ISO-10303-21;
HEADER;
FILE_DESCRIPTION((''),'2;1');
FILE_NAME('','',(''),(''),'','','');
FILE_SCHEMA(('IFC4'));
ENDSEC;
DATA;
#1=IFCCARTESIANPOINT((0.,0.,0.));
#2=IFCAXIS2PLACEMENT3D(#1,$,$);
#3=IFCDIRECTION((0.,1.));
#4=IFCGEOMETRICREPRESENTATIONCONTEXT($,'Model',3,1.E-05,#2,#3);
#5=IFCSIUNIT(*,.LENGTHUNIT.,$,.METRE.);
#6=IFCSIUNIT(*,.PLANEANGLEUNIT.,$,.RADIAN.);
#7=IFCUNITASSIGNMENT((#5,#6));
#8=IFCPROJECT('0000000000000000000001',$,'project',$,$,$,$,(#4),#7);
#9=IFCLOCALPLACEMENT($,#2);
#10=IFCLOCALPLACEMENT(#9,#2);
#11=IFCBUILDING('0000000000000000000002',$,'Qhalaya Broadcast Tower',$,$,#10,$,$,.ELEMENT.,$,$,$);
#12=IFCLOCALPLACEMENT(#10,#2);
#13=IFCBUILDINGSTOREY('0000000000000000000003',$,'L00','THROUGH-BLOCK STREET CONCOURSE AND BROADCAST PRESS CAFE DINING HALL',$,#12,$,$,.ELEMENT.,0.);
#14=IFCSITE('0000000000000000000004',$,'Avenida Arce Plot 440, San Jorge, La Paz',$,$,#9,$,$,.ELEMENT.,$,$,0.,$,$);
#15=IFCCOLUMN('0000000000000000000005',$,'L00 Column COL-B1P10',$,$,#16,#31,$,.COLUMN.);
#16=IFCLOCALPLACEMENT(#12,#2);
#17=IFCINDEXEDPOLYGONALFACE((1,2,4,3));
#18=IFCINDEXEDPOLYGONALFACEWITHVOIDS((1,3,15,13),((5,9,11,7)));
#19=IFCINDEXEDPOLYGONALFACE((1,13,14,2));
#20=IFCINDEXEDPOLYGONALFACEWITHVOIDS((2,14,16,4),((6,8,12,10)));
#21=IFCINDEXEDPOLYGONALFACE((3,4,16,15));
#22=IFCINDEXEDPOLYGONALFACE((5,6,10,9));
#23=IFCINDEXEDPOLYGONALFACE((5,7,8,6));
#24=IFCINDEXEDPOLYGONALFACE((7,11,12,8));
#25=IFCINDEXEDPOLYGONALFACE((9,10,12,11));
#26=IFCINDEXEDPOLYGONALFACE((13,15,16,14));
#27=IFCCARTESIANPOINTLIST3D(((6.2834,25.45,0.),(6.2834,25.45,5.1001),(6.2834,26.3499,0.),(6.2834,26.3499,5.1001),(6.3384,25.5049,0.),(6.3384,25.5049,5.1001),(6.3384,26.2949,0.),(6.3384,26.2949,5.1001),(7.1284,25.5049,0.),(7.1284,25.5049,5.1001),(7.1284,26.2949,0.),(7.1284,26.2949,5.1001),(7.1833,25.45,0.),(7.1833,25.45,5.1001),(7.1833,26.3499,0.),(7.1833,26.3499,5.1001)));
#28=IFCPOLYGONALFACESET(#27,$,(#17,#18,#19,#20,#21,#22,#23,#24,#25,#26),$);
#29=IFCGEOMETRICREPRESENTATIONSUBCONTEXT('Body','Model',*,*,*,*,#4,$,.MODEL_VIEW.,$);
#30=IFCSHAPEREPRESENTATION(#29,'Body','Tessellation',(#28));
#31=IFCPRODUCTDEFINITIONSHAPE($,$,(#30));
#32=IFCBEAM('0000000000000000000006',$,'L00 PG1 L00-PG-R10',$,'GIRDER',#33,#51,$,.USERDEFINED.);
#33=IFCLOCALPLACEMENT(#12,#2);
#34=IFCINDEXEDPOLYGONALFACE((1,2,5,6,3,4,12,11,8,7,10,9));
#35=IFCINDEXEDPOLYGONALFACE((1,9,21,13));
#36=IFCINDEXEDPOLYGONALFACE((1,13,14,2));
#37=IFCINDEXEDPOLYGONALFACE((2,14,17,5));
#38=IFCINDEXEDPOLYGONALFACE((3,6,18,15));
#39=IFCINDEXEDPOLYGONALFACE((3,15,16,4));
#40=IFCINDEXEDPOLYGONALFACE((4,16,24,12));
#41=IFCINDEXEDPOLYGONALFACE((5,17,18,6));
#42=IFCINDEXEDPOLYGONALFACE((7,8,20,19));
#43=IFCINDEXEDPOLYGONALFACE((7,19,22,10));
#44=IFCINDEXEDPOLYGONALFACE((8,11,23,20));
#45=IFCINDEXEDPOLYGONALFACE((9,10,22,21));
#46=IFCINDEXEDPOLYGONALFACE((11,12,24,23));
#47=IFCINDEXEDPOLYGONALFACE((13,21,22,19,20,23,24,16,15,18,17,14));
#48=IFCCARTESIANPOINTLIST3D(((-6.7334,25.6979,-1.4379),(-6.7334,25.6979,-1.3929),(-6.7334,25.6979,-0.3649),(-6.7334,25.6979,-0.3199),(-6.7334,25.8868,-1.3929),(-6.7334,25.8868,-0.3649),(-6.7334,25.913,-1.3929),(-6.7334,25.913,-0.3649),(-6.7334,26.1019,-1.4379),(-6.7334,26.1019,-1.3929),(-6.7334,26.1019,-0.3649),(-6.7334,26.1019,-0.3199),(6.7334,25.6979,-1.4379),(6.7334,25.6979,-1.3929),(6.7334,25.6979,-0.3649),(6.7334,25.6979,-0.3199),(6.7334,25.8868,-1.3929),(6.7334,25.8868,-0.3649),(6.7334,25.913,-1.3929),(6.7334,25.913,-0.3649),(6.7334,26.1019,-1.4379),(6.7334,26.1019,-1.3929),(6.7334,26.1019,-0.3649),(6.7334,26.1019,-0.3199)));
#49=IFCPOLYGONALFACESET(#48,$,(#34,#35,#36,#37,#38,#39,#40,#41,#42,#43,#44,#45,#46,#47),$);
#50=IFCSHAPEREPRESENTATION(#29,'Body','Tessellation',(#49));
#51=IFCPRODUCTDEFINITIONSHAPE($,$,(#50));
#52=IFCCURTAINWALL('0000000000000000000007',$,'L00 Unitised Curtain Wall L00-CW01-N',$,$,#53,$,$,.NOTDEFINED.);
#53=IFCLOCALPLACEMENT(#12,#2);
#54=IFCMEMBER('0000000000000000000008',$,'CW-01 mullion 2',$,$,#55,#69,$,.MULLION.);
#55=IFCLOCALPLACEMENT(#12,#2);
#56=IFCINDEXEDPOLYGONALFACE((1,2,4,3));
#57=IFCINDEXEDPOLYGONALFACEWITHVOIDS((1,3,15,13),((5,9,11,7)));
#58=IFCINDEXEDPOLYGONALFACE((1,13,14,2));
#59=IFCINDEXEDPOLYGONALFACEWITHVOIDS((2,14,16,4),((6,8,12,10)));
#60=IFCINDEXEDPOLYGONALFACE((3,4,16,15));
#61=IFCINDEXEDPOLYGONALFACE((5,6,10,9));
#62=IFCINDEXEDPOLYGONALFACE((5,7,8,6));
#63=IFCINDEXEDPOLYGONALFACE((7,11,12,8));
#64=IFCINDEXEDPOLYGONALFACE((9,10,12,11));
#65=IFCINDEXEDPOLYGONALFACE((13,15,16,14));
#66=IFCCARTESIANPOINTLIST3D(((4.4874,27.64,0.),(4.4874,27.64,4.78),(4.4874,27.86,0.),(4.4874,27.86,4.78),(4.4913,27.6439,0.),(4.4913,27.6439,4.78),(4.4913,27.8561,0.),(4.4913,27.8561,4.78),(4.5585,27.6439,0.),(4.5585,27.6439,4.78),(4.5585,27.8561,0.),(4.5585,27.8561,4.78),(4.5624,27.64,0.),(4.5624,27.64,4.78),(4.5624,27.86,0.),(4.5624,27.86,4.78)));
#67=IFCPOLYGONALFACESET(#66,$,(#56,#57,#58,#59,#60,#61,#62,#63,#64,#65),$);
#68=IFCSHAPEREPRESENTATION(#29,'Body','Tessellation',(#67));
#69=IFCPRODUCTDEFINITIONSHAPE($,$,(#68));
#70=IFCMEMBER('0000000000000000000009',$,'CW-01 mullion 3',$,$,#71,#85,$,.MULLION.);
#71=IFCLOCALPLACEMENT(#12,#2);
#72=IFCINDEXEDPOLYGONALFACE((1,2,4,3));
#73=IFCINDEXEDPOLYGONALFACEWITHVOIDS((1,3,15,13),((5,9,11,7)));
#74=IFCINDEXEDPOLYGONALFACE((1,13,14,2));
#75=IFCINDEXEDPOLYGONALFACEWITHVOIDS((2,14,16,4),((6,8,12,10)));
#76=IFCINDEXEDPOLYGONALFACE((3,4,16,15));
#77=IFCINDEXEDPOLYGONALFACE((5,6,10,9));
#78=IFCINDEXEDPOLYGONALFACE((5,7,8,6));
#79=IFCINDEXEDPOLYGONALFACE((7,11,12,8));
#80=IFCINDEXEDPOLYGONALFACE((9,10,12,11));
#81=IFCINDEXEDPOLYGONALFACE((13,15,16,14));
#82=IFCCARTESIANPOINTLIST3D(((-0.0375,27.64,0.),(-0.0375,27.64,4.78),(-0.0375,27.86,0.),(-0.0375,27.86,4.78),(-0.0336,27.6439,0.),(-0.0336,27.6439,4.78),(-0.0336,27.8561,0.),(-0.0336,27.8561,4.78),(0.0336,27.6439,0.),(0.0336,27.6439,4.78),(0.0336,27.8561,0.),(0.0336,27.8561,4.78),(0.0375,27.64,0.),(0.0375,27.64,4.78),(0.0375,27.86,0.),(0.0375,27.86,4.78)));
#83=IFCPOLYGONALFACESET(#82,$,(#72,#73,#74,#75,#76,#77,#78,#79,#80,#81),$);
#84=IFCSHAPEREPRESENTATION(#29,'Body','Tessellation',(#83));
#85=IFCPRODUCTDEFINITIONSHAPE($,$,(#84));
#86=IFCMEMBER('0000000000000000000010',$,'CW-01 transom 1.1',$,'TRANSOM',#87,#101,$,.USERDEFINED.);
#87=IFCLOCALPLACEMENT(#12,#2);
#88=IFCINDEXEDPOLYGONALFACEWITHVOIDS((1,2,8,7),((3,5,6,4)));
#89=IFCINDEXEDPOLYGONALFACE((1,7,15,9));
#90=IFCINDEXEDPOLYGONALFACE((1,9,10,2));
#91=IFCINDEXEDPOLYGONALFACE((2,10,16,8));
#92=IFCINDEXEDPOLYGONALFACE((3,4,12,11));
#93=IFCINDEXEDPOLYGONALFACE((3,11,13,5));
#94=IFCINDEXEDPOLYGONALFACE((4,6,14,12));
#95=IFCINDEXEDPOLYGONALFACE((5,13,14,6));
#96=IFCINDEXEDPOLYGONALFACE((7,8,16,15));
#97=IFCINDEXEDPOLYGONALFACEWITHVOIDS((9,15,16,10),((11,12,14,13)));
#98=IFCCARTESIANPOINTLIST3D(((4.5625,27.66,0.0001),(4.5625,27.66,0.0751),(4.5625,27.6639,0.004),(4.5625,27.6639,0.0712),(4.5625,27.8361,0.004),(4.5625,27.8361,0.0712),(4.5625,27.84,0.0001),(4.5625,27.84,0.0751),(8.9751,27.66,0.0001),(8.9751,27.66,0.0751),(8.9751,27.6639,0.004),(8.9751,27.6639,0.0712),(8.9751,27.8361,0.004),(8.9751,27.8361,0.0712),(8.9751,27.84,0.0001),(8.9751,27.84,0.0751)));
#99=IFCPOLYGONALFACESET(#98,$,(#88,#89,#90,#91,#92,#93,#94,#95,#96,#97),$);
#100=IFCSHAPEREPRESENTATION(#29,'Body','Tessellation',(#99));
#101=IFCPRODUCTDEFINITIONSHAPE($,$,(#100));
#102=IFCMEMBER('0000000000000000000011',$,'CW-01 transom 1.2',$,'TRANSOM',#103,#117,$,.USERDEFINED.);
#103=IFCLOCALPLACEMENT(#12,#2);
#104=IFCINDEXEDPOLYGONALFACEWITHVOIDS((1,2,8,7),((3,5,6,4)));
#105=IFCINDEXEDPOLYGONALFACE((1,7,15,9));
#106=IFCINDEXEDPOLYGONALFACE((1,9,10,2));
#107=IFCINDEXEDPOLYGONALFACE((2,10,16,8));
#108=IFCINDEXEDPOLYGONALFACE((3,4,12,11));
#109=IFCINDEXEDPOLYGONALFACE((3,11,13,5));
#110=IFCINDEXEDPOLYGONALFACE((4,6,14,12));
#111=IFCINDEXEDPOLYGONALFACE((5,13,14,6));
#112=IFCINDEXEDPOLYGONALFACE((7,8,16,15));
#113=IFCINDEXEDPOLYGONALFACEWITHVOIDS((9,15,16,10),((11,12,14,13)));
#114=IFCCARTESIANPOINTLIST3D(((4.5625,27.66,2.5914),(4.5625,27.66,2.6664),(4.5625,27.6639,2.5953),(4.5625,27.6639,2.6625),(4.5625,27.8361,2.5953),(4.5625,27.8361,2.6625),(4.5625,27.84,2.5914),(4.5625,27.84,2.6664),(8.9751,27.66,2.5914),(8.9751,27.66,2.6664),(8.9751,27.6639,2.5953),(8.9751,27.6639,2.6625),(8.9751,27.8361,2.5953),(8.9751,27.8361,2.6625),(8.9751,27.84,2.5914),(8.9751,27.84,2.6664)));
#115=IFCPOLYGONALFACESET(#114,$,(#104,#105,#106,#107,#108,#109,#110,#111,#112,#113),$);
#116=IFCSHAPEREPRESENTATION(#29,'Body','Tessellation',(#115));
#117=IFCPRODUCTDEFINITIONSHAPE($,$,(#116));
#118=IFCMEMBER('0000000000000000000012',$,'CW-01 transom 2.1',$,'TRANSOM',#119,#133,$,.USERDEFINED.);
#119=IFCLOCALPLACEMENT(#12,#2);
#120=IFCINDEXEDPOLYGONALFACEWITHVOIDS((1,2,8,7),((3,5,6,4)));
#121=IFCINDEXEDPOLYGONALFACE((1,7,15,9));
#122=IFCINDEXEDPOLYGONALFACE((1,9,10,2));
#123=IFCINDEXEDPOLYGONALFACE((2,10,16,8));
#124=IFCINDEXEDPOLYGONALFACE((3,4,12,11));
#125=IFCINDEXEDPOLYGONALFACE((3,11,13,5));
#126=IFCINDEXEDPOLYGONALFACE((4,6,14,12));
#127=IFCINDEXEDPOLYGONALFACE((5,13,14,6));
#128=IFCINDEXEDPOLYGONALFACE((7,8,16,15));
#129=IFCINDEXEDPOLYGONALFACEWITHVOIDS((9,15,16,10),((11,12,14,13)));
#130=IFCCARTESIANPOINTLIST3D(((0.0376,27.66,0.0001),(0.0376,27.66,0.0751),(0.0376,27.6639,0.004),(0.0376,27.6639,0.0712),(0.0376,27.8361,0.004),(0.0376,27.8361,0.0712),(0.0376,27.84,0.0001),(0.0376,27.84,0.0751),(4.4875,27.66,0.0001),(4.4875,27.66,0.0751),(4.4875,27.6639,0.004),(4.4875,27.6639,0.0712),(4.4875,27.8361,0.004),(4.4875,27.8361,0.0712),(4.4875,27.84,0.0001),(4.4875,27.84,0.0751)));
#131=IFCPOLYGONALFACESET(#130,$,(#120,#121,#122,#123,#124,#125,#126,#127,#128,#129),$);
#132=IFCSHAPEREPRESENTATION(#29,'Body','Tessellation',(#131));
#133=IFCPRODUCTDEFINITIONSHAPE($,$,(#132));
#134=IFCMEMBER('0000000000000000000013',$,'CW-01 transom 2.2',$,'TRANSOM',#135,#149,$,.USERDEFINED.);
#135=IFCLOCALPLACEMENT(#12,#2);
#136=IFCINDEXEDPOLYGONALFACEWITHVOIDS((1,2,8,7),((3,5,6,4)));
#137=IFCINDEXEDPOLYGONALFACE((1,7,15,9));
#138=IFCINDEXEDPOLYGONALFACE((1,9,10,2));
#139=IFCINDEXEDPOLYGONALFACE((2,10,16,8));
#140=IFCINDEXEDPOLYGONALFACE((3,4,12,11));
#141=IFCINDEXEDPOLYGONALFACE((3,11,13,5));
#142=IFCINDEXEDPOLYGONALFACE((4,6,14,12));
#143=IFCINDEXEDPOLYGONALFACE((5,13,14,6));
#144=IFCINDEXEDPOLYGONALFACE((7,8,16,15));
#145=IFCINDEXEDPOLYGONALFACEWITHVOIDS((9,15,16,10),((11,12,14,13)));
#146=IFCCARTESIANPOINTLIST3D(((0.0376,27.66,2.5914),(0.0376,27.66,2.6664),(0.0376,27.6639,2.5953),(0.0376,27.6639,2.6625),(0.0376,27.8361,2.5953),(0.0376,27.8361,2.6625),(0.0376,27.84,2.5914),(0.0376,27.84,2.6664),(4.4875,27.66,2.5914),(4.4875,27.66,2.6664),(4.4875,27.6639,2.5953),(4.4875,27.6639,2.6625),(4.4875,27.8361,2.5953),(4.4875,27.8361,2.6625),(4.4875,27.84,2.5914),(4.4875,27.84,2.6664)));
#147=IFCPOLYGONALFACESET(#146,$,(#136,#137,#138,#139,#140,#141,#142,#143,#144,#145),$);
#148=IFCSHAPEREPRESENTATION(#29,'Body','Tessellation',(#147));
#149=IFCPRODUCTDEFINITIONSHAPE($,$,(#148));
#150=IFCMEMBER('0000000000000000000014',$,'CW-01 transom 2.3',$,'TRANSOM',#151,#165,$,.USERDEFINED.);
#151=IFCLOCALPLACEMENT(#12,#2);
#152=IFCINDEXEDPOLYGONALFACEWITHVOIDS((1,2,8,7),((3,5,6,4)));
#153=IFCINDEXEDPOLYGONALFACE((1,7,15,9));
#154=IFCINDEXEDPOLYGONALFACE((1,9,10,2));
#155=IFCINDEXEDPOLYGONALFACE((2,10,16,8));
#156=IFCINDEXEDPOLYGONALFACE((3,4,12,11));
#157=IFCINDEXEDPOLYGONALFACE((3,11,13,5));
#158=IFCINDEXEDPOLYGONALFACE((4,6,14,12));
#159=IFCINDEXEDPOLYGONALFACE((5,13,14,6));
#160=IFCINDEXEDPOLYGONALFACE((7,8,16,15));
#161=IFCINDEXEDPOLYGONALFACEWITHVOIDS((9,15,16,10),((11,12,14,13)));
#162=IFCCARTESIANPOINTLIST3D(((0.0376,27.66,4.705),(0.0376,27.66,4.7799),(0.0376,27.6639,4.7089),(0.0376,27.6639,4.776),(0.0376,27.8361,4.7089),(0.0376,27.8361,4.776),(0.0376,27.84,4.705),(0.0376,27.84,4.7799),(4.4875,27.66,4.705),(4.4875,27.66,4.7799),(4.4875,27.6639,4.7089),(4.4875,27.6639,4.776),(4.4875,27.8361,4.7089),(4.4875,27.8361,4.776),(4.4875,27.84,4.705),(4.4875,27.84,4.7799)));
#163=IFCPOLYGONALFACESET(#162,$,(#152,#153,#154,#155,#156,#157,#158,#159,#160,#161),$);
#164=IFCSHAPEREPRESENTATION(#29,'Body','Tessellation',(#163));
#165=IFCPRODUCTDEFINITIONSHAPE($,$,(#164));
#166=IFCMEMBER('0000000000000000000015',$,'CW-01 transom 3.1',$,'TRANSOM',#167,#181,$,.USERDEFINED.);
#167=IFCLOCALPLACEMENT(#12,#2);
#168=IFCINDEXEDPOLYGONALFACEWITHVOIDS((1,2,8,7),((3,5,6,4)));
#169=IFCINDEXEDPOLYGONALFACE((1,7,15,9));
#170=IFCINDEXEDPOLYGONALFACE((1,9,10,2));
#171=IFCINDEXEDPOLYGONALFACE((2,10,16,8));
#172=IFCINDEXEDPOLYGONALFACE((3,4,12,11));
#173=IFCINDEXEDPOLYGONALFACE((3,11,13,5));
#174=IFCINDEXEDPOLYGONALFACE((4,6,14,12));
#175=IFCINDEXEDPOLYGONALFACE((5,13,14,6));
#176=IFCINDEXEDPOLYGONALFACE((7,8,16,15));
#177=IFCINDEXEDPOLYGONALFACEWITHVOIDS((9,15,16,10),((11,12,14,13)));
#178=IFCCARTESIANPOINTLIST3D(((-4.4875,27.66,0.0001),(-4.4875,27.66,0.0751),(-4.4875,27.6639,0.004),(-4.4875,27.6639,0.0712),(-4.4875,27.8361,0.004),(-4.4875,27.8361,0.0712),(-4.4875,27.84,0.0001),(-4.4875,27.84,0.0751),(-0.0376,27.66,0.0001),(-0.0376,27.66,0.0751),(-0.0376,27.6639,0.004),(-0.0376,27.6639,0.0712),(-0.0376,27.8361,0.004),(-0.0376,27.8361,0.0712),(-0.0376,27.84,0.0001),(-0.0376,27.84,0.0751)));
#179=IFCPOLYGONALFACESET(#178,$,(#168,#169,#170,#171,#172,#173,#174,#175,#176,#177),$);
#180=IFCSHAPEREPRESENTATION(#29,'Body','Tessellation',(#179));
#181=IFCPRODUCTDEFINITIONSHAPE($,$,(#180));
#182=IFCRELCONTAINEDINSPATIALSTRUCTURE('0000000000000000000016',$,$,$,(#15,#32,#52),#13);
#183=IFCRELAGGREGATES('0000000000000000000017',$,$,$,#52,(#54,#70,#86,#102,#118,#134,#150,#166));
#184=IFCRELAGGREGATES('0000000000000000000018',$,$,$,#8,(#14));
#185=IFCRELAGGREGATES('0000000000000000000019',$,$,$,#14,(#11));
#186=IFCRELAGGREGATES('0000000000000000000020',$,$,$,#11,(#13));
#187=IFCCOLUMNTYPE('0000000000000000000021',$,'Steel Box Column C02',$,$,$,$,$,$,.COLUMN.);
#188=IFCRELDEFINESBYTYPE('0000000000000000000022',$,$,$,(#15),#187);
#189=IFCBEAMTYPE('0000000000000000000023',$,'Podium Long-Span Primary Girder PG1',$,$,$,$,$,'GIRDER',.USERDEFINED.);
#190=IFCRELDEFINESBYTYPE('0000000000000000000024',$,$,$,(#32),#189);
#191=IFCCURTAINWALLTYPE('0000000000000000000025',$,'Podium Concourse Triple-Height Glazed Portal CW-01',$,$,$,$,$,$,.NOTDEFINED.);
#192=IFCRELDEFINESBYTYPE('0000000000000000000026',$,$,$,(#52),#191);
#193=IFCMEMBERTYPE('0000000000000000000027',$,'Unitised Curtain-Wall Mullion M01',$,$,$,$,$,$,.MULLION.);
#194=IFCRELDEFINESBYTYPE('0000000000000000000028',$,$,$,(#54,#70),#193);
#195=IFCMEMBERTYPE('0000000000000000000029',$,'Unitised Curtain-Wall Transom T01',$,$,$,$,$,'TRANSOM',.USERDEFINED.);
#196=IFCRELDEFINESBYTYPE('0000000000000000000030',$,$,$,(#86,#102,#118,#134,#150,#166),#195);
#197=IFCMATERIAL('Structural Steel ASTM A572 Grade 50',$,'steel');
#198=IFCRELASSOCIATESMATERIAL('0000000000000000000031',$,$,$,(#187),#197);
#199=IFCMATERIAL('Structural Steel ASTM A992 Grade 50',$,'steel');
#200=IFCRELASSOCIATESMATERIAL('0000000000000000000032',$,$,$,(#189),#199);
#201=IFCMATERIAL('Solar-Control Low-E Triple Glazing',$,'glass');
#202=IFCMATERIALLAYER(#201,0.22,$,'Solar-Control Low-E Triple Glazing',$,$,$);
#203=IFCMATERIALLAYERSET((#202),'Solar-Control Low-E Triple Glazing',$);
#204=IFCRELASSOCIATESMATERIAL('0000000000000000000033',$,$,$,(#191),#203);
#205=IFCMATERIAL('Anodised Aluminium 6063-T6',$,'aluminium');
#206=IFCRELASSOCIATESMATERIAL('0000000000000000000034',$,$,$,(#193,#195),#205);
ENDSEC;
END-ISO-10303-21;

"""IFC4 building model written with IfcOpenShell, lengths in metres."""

from ifc_helpers import new_model, si_unit, direction, frame, origin, origin_2d, place, context, subcontext, project, spatial, hollow_rectangle, i_section, extrude, material, layer, layer_set, material_profile, profile_set, type_object, element, aggregate, save


model = new_model("IFC4")

# Units and contexts
model_context = context("Model", 3, precision=1e-05, world=origin(), true_north=direction((0.0, 1.0)))
body_context = subcontext(model_context, "Body", "Model", "MODEL_VIEW")
ifc_project = project(units=[si_unit("LENGTHUNIT", "METRE"), si_unit("PLANEANGLEUNIT", "RADIAN")], contexts=[model_context])

# Site, building, storey
site_placement = place(None, origin())
site = spatial("IfcSite", under=ifc_project, at=site_placement, Name="Avenida Arce Plot 440, San Jorge, La Paz", CompositionType="ELEMENT", RefElevation=0.0)
building_placement = place(site_placement, origin())
building = spatial("IfcBuilding", under=site, at=building_placement, Name="Qhalaya Broadcast Tower", CompositionType="ELEMENT")
storey_placement = place(building_placement, origin())
storey = spatial("IfcBuildingStorey", under=building, at=storey_placement, Name="L00", Description="THROUGH-BLOCK STREET CONCOURSE AND BROADCAST PRESS CAFE DINING HALL", CompositionType="ELEMENT", Elevation=0.0)

# Column
ifc_material_1 = material(Name="Structural Steel ASTM A572 Grade 50", Category="steel")
ifc_material_profile_1 = material_profile(ifc_material_1, hollow_rectangle(XDim=0.8999, YDim=0.8999, WallThickness=0.0549, at=origin_2d()), Name="BOX 900x900x55")
ifc_profile_set_1 = profile_set([ifc_material_profile_1], Name="Structural Steel ASTM A572 Grade 50")
column_type = type_object("IfcColumnType", Name="Steel Box Column C02", PredefinedType="COLUMN", material=ifc_profile_set_1)
column_placement = place(storey_placement, frame((6.7334, 25.8999, 0.0), z_axis=(0.0, 0.0, 1.0), x_axis=(1.0, 0.0, 0.0)))
element("IfcColumn", 1, at=column_placement, inside=storey, type_object=column_type, Name="L00 Column COL-B1P10", PredefinedType="COLUMN", context=body_context, shape_type="SweptSolid", body=[
    extrude(hollow_rectangle(XDim=0.8999, YDim=0.8999, WallThickness=0.0549, at=origin_2d()), origin(), (0.0, 0.0, 1.0), 5.1001),
])

# Beam
ifc_material_2 = material(Name="Structural Steel ASTM A992 Grade 50", Category="steel")
ifc_material_profile_2 = material_profile(ifc_material_2, i_section(OverallWidth=0.4041, OverallDepth=1.1179, WebThickness=0.0261, FlangeThickness=0.0449, at=origin_2d()), Name="W44X335")
ifc_profile_set_2 = profile_set([ifc_material_profile_2], Name="Structural Steel ASTM A992 Grade 50")
beam_type = type_object("IfcBeamType", Name="Podium Long-Span Primary Girder PG1", ElementType="GIRDER", PredefinedType="USERDEFINED", material=ifc_profile_set_2)
beam_placement = place(storey_placement, frame((6.7334, 25.8999, -0.8789), z_axis=(-1.0, 0.0, 0.0), x_axis=(0.0, -1.0, 0.0)))
element("IfcBeam", 2, at=beam_placement, inside=storey, type_object=beam_type, Name="L00 PG1 L00-PG-R10", ObjectType="GIRDER", PredefinedType="USERDEFINED", context=body_context, shape_type="SweptSolid", body=[
    extrude(i_section(OverallWidth=0.4041, OverallDepth=1.1179, WebThickness=0.0261, FlangeThickness=0.0449, at=origin_2d()), origin(), (0.0, 0.0, 1.0), 13.4668),
])

# Curtain wall, members
ifc_material_3 = material(Name="Solar-Control Low-E Triple Glazing", Category="glass")
ifc_layer_1 = layer(ifc_material_3, 0.22, Name="Solar-Control Low-E Triple Glazing")
ifc_layer_set_1 = layer_set([ifc_layer_1], Name="Solar-Control Low-E Triple Glazing")
curtain_wall_type = type_object("IfcCurtainWallType", Name="Podium Concourse Triple-Height Glazed Portal CW-01", PredefinedType="NOTDEFINED", material=ifc_layer_set_1)
curtain_wall_placement = place(storey_placement, origin())
curtain_wall = element("IfcCurtainWall", 3, at=curtain_wall_placement, inside=storey, type_object=curtain_wall_type, Name="L00 Unitised Curtain Wall L00-CW01-N", PredefinedType="NOTDEFINED")
ifc_material_4 = material(Name="Anodised Aluminium 6063-T6", Category="aluminium")
ifc_material_profile_3 = material_profile(ifc_material_4, hollow_rectangle(XDim=0.075, YDim=0.22, WallThickness=0.0039, at=origin_2d()), Name="ALU-MUL 75x220x4")
ifc_profile_set_3 = profile_set([ifc_material_profile_3], Name="Anodised Aluminium 6063-T6")
member_type_1 = type_object("IfcMemberType", Name="Unitised Curtain-Wall Mullion M01", PredefinedType="MULLION", material=ifc_profile_set_3)
member_1_placement = place(storey_placement, frame((4.5249, 27.75, 0.0), z_axis=(0.0, 0.0, 1.0), x_axis=(-1.0, 0.0, 0.0)))
member_1 = element("IfcMember", 4, at=member_1_placement, type_object=member_type_1, Name="CW-01 mullion 2", PredefinedType="MULLION", context=body_context, shape_type="SweptSolid", body=[
    extrude(hollow_rectangle(XDim=0.075, YDim=0.22, WallThickness=0.0039, at=origin_2d()), origin(), (0.0, 0.0, 1.0), 4.78),
])
member_2_placement = place(storey_placement, frame((0.0, 27.75, 0.0), z_axis=(0.0, 0.0, 1.0), x_axis=(-1.0, 0.0, 0.0)))
member_2 = element("IfcMember", 5, at=member_2_placement, type_object=member_type_1, Name="CW-01 mullion 3", PredefinedType="MULLION", context=body_context, shape_type="SweptSolid", body=[
    extrude(hollow_rectangle(XDim=0.075, YDim=0.22, WallThickness=0.0039, at=origin_2d()), origin(), (0.0, 0.0, 1.0), 4.78),
])
ifc_material_profile_4 = material_profile(ifc_material_4, hollow_rectangle(XDim=0.075, YDim=0.1799, WallThickness=0.0039, at=origin_2d()), Name="ALU-TRN 75x180x4")
ifc_profile_set_4 = profile_set([ifc_material_profile_4], Name="Anodised Aluminium 6063-T6")
member_type_2 = type_object("IfcMemberType", Name="Unitised Curtain-Wall Transom T01", ElementType="TRANSOM", PredefinedType="USERDEFINED", material=ifc_profile_set_4)
member_3_placement = place(storey_placement, frame((8.9751, 27.75, 0.0376), z_axis=(-1.0, 0.0, 0.0), x_axis=(0.0, 0.0, 1.0)))
member_3 = element("IfcMember", 6, at=member_3_placement, type_object=member_type_2, Name="CW-01 transom 1.1", ObjectType="TRANSOM", PredefinedType="USERDEFINED", context=body_context, shape_type="SweptSolid", body=[
    extrude(hollow_rectangle(XDim=0.075, YDim=0.1799, WallThickness=0.0039, at=origin_2d()), origin(), (0.0, 0.0, 1.0), 4.4126),
])
member_4_placement = place(storey_placement, frame((8.9751, 27.75, 2.6289), z_axis=(-1.0, 0.0, 0.0), x_axis=(0.0, 0.0, 1.0)))
member_4 = element("IfcMember", 7, at=member_4_placement, type_object=member_type_2, Name="CW-01 transom 1.2", ObjectType="TRANSOM", PredefinedType="USERDEFINED", context=body_context, shape_type="SweptSolid", body=[
    extrude(hollow_rectangle(XDim=0.075, YDim=0.1799, WallThickness=0.0039, at=origin_2d()), origin(), (0.0, 0.0, 1.0), 4.4126),
])
member_5_placement = place(storey_placement, frame((4.4875, 27.75, 0.0376), z_axis=(-1.0, 0.0, 0.0), x_axis=(0.0, 0.0, 1.0)))
member_5 = element("IfcMember", 8, at=member_5_placement, type_object=member_type_2, Name="CW-01 transom 2.1", ObjectType="TRANSOM", PredefinedType="USERDEFINED", context=body_context, shape_type="SweptSolid", body=[
    extrude(hollow_rectangle(XDim=0.075, YDim=0.1799, WallThickness=0.0039, at=origin_2d()), origin(), (0.0, 0.0, 1.0), 4.45),
])
member_6_placement = place(storey_placement, frame((4.4875, 27.75, 2.6289), z_axis=(-1.0, 0.0, 0.0), x_axis=(0.0, 0.0, 1.0)))
member_6 = element("IfcMember", 9, at=member_6_placement, type_object=member_type_2, Name="CW-01 transom 2.2", ObjectType="TRANSOM", PredefinedType="USERDEFINED", context=body_context, shape_type="SweptSolid", body=[
    extrude(hollow_rectangle(XDim=0.075, YDim=0.1799, WallThickness=0.0039, at=origin_2d()), origin(), (0.0, 0.0, 1.0), 4.45),
])
member_7_placement = place(storey_placement, frame((4.4875, 27.75, 4.7424), z_axis=(-1.0, 0.0, 0.0), x_axis=(0.0, 0.0, 1.0)))
member_7 = element("IfcMember", 10, at=member_7_placement, type_object=member_type_2, Name="CW-01 transom 2.3", ObjectType="TRANSOM", PredefinedType="USERDEFINED", context=body_context, shape_type="SweptSolid", body=[
    extrude(hollow_rectangle(XDim=0.075, YDim=0.1799, WallThickness=0.0039, at=origin_2d()), origin(), (0.0, 0.0, 1.0), 4.45),
])
member_8_placement = place(storey_placement, frame((-0.0376, 27.75, 0.0376), z_axis=(-1.0, 0.0, 0.0), x_axis=(0.0, 0.0, 1.0)))
member_8 = element("IfcMember", 11, at=member_8_placement, type_object=member_type_2, Name="CW-01 transom 3.1", ObjectType="TRANSOM", PredefinedType="USERDEFINED", context=body_context, shape_type="SweptSolid", body=[
    extrude(hollow_rectangle(XDim=0.075, YDim=0.1799, WallThickness=0.0039, at=origin_2d()), origin(), (0.0, 0.0, 1.0), 4.45),
])
aggregate(curtain_wall, [member_1, member_2, member_3, member_4, member_5, member_6, member_7, member_8])

save(model, "model.ifc")
